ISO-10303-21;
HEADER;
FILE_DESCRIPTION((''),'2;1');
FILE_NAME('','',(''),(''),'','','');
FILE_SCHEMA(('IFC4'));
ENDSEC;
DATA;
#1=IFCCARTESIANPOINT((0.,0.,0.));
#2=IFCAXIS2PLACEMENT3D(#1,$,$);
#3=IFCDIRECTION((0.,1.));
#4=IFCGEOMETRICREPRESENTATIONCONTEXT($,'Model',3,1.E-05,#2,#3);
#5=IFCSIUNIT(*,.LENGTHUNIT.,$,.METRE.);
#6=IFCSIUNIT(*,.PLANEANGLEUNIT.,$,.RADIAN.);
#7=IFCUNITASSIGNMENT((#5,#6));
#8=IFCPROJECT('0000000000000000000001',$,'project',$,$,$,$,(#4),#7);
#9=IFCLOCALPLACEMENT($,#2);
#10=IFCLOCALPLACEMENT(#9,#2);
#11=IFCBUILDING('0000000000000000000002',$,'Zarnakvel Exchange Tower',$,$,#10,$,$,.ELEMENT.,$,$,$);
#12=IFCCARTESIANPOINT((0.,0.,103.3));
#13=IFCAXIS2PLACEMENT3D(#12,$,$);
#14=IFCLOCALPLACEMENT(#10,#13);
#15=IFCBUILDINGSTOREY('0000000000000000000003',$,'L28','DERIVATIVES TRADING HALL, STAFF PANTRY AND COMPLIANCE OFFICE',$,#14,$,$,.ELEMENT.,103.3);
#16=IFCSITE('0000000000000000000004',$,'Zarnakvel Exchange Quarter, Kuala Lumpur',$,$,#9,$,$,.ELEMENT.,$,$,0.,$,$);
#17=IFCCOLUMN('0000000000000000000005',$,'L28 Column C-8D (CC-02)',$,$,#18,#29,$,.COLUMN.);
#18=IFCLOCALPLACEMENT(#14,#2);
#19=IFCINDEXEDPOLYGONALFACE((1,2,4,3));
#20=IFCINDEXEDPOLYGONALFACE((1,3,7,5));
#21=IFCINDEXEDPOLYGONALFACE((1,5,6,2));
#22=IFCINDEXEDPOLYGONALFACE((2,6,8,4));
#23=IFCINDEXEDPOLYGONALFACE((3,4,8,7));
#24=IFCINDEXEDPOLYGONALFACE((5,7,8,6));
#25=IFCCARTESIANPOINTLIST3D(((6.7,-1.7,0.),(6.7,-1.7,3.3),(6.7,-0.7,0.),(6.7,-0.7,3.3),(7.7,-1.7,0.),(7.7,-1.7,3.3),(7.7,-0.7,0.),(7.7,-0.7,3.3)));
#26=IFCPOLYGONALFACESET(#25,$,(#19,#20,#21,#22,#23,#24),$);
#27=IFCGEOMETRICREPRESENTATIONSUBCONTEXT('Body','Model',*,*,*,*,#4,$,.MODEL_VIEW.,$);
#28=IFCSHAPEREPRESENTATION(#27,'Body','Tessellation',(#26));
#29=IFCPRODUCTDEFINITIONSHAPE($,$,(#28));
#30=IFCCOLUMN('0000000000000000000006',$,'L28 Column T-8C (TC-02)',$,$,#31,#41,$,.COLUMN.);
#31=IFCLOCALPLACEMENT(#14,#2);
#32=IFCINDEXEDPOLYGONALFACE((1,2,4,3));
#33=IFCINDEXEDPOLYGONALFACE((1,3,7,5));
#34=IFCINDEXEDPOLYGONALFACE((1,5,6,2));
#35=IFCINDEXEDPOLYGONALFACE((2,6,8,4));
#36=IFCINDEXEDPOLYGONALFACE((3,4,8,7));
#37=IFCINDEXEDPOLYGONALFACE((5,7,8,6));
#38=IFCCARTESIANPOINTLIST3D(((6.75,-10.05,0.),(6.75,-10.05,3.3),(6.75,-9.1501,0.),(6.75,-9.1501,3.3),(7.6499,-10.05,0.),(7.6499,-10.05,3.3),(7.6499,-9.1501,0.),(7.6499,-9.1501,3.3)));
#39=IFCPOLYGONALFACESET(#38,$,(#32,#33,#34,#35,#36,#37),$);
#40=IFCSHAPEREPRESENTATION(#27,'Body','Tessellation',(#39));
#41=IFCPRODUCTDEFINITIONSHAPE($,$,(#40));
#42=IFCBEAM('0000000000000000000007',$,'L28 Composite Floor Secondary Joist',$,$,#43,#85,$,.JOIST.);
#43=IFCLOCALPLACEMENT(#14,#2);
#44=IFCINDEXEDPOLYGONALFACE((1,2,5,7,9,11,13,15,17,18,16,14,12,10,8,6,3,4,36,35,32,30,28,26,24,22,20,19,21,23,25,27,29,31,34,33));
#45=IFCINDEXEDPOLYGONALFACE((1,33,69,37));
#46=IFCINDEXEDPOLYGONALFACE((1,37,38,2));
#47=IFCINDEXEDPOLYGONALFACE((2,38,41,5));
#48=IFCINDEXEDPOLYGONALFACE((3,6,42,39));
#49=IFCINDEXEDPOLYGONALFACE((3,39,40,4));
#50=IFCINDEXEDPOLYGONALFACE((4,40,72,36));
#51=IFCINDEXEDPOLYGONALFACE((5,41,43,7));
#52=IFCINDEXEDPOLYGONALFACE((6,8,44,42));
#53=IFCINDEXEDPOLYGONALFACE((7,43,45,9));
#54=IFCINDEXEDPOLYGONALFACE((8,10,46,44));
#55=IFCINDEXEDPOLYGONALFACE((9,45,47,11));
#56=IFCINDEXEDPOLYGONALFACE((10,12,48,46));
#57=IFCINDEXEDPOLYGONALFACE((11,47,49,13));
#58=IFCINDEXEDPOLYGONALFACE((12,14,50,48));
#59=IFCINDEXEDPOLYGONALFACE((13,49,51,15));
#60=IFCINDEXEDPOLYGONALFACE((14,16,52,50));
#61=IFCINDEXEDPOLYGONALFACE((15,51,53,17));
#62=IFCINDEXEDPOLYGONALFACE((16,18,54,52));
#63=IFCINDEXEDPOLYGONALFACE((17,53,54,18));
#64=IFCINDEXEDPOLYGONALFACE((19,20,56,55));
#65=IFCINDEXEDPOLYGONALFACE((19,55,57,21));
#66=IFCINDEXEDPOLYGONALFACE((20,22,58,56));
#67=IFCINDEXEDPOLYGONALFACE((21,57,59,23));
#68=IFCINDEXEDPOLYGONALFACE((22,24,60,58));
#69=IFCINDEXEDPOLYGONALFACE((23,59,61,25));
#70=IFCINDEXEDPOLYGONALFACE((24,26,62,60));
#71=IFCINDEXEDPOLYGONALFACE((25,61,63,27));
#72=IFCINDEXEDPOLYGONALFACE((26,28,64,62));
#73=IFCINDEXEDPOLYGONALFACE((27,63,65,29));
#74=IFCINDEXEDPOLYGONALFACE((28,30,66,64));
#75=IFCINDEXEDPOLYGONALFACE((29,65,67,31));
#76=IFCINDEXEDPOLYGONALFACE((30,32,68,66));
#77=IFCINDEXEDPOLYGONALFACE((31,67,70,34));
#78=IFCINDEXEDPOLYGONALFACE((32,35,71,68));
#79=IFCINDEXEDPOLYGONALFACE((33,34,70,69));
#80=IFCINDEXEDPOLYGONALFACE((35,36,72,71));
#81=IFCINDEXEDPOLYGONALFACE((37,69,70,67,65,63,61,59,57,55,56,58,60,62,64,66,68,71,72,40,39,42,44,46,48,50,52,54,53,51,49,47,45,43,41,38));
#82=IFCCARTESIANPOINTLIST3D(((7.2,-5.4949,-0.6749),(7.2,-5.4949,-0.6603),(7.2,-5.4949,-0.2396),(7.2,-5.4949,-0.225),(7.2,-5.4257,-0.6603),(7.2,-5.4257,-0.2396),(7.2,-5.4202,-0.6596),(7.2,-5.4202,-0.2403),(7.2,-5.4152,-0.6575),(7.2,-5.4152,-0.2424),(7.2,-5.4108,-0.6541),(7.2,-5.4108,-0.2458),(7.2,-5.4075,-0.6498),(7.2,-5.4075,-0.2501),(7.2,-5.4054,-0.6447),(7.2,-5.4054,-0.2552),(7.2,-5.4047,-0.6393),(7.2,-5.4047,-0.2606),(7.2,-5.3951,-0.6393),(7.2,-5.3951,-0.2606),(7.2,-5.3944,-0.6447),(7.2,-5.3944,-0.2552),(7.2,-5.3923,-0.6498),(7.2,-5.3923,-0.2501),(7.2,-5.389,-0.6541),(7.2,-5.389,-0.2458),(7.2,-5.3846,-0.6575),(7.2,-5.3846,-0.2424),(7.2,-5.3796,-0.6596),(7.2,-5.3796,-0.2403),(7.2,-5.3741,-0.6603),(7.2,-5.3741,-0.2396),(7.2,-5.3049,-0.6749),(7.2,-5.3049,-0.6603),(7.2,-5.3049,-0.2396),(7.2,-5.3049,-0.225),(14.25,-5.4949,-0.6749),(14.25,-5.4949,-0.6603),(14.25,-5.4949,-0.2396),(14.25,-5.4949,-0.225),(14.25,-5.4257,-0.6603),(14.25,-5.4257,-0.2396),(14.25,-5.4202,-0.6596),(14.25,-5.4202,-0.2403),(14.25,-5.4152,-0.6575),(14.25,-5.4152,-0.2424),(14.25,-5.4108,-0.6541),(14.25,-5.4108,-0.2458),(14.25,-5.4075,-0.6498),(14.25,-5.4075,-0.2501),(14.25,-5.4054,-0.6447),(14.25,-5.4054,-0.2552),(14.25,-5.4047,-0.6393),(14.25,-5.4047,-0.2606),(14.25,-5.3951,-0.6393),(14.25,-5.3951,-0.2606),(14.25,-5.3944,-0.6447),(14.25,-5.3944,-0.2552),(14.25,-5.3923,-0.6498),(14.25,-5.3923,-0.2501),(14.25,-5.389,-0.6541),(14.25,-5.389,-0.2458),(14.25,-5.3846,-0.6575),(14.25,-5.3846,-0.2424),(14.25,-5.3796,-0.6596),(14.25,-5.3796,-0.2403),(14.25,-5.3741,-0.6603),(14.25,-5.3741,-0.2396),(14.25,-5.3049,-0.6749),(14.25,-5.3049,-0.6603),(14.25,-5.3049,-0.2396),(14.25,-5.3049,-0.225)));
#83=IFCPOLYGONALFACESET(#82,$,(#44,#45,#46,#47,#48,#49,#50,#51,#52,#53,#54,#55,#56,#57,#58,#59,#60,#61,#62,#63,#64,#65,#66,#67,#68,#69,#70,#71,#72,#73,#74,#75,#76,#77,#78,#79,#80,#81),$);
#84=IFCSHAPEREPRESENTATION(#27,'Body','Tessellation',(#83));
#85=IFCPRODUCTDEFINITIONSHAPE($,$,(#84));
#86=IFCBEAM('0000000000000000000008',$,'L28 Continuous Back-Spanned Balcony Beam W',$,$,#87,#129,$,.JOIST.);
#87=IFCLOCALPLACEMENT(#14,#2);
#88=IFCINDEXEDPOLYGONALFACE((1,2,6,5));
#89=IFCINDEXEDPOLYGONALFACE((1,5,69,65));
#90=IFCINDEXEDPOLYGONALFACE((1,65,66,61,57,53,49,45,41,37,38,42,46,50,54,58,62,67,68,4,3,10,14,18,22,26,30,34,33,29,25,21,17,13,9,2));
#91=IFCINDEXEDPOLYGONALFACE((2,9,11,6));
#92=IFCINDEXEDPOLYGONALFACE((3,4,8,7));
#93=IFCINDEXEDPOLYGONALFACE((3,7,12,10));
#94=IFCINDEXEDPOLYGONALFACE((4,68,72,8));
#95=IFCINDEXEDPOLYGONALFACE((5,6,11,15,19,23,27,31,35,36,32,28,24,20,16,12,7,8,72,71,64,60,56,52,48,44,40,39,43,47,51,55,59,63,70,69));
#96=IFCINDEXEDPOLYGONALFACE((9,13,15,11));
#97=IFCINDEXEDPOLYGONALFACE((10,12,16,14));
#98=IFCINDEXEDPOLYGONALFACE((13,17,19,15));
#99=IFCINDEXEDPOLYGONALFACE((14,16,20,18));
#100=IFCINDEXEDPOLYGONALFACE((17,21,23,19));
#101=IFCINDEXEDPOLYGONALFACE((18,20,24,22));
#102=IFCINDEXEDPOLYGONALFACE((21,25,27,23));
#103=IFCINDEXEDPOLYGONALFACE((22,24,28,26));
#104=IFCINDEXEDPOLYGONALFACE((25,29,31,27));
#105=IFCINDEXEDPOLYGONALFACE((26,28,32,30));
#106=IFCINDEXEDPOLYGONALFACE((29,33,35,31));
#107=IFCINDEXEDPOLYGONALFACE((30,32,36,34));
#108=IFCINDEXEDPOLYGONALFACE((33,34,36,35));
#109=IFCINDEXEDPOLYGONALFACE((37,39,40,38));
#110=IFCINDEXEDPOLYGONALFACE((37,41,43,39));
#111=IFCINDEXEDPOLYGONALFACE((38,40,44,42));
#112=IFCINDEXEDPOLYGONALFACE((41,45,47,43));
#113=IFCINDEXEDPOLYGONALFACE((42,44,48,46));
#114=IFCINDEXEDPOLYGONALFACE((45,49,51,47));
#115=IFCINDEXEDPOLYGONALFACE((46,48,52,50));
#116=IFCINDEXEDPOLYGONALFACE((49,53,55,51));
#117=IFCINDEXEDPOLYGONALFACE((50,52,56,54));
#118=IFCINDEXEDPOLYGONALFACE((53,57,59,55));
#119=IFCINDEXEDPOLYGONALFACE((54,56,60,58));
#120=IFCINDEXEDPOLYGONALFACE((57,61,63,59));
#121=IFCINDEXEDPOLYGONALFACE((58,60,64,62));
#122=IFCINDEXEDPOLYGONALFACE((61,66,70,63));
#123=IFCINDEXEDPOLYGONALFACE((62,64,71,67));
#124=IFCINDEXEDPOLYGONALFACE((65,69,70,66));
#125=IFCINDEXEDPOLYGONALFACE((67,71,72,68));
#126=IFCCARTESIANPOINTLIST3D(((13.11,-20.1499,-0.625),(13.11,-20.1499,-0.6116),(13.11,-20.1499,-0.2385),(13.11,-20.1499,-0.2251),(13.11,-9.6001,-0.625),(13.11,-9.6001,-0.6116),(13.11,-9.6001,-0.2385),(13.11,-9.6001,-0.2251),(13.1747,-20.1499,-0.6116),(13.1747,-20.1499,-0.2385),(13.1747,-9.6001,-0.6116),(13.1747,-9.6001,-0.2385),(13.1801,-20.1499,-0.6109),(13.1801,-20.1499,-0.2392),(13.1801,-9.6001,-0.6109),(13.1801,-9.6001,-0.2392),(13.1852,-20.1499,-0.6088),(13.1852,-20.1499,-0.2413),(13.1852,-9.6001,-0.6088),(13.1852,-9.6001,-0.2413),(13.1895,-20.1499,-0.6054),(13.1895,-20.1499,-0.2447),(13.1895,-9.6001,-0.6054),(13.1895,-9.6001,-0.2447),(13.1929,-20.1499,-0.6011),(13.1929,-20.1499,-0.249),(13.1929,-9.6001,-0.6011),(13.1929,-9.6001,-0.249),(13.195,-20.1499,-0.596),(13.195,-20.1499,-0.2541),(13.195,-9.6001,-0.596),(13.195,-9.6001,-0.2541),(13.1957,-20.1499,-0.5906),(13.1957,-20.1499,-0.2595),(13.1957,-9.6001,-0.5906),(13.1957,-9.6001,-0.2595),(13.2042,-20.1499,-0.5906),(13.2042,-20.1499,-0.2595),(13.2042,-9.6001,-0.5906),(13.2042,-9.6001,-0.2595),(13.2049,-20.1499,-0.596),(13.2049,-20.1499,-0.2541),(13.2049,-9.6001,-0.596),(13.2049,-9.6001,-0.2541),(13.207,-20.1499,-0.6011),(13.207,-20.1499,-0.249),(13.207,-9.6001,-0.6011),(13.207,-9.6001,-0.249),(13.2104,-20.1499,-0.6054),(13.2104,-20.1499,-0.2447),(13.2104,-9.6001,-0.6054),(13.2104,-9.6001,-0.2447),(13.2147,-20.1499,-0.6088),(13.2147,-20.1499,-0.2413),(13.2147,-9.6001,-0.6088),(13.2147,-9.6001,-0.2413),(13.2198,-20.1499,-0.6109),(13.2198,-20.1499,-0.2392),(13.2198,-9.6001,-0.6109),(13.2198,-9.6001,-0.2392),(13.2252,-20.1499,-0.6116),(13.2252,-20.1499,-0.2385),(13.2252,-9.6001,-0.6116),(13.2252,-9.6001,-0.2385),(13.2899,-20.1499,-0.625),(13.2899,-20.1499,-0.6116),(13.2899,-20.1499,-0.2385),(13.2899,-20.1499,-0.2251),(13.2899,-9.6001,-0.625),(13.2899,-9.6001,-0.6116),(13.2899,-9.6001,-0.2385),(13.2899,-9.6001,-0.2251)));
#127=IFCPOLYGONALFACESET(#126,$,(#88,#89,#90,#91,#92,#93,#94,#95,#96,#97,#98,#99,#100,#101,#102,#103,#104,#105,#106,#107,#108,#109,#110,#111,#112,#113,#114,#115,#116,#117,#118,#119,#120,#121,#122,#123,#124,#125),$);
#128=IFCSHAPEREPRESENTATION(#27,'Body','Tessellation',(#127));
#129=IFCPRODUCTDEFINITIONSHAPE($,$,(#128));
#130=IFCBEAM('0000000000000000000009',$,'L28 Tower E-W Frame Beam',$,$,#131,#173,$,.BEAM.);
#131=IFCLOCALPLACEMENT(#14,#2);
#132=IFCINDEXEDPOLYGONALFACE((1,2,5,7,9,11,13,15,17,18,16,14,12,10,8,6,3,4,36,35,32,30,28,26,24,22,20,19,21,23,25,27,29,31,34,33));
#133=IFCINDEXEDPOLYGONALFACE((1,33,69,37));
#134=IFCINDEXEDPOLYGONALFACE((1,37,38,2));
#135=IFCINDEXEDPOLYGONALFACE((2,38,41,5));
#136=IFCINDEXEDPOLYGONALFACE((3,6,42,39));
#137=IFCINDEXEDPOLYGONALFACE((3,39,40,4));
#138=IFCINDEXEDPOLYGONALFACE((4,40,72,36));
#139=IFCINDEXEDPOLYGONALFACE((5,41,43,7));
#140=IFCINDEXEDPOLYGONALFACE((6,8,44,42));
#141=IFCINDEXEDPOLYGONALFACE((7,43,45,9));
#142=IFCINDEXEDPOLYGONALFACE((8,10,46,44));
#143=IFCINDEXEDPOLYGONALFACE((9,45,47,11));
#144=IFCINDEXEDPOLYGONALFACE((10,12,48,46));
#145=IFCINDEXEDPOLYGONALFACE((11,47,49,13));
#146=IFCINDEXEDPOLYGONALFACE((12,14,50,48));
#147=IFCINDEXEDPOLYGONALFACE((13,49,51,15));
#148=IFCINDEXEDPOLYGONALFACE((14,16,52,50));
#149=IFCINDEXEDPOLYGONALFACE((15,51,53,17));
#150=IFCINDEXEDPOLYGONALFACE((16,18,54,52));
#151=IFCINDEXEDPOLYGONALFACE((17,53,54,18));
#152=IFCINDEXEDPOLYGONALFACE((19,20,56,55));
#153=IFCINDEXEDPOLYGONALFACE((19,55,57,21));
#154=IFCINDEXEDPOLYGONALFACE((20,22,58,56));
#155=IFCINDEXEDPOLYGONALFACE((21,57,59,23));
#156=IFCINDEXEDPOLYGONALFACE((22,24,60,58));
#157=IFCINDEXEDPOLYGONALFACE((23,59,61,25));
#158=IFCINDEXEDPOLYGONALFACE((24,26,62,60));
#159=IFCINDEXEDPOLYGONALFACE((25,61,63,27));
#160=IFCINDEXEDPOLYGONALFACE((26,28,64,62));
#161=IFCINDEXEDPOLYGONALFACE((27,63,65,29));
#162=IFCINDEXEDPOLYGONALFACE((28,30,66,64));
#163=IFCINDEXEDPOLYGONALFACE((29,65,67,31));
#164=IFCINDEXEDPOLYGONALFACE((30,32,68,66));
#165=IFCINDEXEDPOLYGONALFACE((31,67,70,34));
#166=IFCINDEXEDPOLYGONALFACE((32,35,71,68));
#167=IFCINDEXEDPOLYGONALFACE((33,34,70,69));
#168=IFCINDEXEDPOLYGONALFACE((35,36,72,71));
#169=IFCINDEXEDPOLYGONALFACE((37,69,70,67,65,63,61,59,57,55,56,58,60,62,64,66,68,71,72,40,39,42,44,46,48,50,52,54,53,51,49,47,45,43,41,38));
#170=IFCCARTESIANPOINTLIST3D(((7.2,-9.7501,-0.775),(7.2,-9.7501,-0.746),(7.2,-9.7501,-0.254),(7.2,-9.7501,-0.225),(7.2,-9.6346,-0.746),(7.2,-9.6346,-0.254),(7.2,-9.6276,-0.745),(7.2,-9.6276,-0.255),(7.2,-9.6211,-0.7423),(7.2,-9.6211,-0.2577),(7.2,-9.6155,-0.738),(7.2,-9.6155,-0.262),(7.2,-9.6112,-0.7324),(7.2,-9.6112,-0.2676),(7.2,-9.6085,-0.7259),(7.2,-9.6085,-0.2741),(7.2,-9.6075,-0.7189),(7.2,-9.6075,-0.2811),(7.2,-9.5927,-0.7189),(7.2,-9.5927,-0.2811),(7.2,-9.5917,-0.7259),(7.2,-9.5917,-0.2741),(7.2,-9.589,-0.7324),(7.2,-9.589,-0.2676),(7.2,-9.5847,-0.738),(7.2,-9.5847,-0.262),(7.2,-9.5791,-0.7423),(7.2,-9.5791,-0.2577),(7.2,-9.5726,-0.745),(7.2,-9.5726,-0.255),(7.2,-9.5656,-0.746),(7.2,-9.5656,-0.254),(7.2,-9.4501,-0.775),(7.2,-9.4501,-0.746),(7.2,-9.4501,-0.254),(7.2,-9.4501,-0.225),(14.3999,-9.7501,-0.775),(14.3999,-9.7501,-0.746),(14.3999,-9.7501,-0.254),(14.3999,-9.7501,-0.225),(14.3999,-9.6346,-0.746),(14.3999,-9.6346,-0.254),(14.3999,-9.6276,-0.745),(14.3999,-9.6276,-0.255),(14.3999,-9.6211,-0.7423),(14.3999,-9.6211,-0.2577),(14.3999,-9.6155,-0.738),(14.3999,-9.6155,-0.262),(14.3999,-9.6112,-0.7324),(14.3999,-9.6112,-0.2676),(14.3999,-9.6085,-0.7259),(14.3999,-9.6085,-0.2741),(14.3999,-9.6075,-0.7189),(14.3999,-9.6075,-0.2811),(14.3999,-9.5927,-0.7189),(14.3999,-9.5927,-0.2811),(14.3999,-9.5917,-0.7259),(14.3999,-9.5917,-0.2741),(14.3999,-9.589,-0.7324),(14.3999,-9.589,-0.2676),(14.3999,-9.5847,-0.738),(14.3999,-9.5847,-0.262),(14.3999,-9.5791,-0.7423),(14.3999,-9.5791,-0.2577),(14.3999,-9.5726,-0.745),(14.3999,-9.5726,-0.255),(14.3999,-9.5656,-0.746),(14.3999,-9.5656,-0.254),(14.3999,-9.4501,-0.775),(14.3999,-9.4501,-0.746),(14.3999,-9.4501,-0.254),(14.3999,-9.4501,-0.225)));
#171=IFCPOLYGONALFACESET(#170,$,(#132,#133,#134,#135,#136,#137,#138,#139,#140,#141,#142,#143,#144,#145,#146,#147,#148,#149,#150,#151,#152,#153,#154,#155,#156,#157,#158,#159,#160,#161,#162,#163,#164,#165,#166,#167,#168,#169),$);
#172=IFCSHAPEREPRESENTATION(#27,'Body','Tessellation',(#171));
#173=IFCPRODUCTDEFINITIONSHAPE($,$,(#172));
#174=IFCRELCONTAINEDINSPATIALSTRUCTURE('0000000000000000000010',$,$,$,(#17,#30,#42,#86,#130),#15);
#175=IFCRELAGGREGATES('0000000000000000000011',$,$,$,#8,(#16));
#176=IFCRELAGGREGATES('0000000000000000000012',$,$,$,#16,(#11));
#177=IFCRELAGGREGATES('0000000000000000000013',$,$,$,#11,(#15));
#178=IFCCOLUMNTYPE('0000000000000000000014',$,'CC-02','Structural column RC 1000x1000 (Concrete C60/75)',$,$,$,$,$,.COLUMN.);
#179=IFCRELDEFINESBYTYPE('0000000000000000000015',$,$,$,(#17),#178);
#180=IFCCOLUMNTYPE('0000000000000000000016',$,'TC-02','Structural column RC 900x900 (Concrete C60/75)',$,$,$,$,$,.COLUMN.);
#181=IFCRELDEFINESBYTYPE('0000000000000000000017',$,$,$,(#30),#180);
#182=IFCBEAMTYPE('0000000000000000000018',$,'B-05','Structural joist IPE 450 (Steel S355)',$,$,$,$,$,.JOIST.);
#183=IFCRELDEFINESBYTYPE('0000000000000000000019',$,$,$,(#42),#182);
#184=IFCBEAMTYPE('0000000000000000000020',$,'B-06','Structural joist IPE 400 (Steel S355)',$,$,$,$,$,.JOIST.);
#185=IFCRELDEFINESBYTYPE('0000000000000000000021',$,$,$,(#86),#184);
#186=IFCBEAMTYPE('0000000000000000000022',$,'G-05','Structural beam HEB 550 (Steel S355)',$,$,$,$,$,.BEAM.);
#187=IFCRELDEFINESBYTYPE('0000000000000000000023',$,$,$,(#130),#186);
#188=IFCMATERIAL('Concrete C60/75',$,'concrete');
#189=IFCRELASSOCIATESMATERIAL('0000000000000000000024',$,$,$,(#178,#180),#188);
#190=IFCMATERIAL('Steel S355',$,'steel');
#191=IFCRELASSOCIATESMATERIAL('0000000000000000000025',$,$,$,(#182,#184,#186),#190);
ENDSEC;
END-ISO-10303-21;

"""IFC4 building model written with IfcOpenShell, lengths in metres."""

from ifc_helpers import new_model, si_unit, direction, frame, origin, origin_2d, place, context, subcontext, project, spatial, rectangle, i_section, extrude, material, material_profile, profile_set, type_object, element, save


model = new_model("IFC4")

# Units and contexts
model_context = context("Model", 3, precision=1e-05, world=origin(), true_north=direction((0.0, 1.0)))
body_context = subcontext(model_context, "Body", "Model", "MODEL_VIEW")
ifc_project = project(units=[si_unit("LENGTHUNIT", "METRE"), si_unit("PLANEANGLEUNIT", "RADIAN")], contexts=[model_context])

# Site, building, storey
site_placement = place(None, origin())
site = spatial("IfcSite", under=ifc_project, at=site_placement, Name="Zarnakvel Exchange Quarter, Kuala Lumpur", CompositionType="ELEMENT", RefElevation=0.0)
building_placement = place(site_placement, origin())
building = spatial("IfcBuilding", under=site, at=building_placement, Name="Zarnakvel Exchange Tower", CompositionType="ELEMENT")
storey_placement = place(building_placement, frame((0.0, 0.0, 103.3)))
storey = spatial("IfcBuildingStorey", under=building, at=storey_placement, Name="L28", Description="DERIVATIVES TRADING HALL, STAFF PANTRY AND COMPLIANCE OFFICE", CompositionType="ELEMENT", Elevation=103.3)

# Columns
ifc_material_1 = material(Name="Concrete C60/75", Category="concrete")
ifc_material_profile_1 = material_profile(ifc_material_1, rectangle(XDim=1.0, YDim=1.0, at=origin_2d()))
ifc_profile_set_1 = profile_set([ifc_material_profile_1], Name="Concrete C60/75")
column_type_1 = type_object("IfcColumnType", Name="CC-02", Description="Structural column RC 1000x1000 (Concrete C60/75)", PredefinedType="COLUMN", material=ifc_profile_set_1)
column_1_placement = place(storey_placement, frame((7.2, -1.2, 0.0), z_axis=(0.0, 0.0, 1.0), x_axis=(1.0, 0.0, 0.0)))
element("IfcColumn", 1, at=column_1_placement, inside=storey, type_object=column_type_1, Name="L28 Column C-8D (CC-02)", PredefinedType="COLUMN", context=body_context, shape_type="SweptSolid", body=[
    extrude(rectangle(XDim=1.0, YDim=1.0, at=origin_2d()), origin(), (0.0, 0.0, 1.0), 3.3),
])
ifc_material_profile_2 = material_profile(ifc_material_1, rectangle(XDim=0.8999, YDim=0.8999, at=origin_2d()))
ifc_profile_set_2 = profile_set([ifc_material_profile_2], Name="Concrete C60/75")
column_type_2 = type_object("IfcColumnType", Name="TC-02", Description="Structural column RC 900x900 (Concrete C60/75)", PredefinedType="COLUMN", material=ifc_profile_set_2)
column_2_placement = place(storey_placement, frame((7.2, -9.6001, 0.0), z_axis=(0.0, 0.0, 1.0), x_axis=(1.0, 0.0, 0.0)))
element("IfcColumn", 2, at=column_2_placement, inside=storey, type_object=column_type_2, Name="L28 Column T-8C (TC-02)", PredefinedType="COLUMN", context=body_context, shape_type="SweptSolid", body=[
    extrude(rectangle(XDim=0.8999, YDim=0.8999, at=origin_2d()), origin(), (0.0, 0.0, 1.0), 3.3),
])

# Beams
ifc_material_2 = material(Name="Steel S355", Category="steel")
ifc_material_profile_3 = material_profile(ifc_material_2, i_section(OverallWidth=0.1899, OverallDepth=0.45, WebThickness=0.0095, FlangeThickness=0.0146, FilletRadius=0.021, at=origin_2d()))
ifc_profile_set_3 = profile_set([ifc_material_profile_3], Name="Steel S355")
beam_type_1 = type_object("IfcBeamType", Name="B-05", Description="Structural joist IPE 450 (Steel S355)", PredefinedType="JOIST", material=ifc_profile_set_3)
beam_1_placement = place(storey_placement, frame((7.2, -5.3999, -0.45), z_axis=(1.0, 0.0, 0.0), x_axis=(0.0, 1.0, 0.0)))
element("IfcBeam", 3, at=beam_1_placement, inside=storey, type_object=beam_type_1, Name="L28 Composite Floor Secondary Joist", PredefinedType="JOIST", context=body_context, shape_type="SweptSolid", body=[
    extrude(i_section(OverallWidth=0.1899, OverallDepth=0.45, WebThickness=0.0095, FlangeThickness=0.0146, FilletRadius=0.021, at=origin_2d()), origin(), (0.0, 0.0, 1.0), 7.05),
])
ifc_material_profile_4 = material_profile(ifc_material_2, i_section(OverallWidth=0.1799, OverallDepth=0.3999, WebThickness=0.0085, FlangeThickness=0.0134, FilletRadius=0.021, at=origin_2d()))
ifc_profile_set_4 = profile_set([ifc_material_profile_4], Name="Steel S355")
beam_type_2 = type_object("IfcBeamType", Name="B-06", Description="Structural joist IPE 400 (Steel S355)", PredefinedType="JOIST", material=ifc_profile_set_4)
beam_2_placement = place(storey_placement, frame((13.2, -9.6001, -0.425), z_axis=(0.0, -1.0, 0.0), x_axis=(1.0, 0.0, 0.0)))
element("IfcBeam", 4, at=beam_2_placement, inside=storey, type_object=beam_type_2, Name="L28 Continuous Back-Spanned Balcony Beam W", PredefinedType="JOIST", context=body_context, shape_type="SweptSolid", body=[
    extrude(i_section(OverallWidth=0.1799, OverallDepth=0.3999, WebThickness=0.0085, FlangeThickness=0.0134, FilletRadius=0.021, at=origin_2d()), origin(), (0.0, 0.0, 1.0), 10.5498),
])
ifc_material_profile_5 = material_profile(ifc_material_2, i_section(OverallWidth=0.3, OverallDepth=0.55, WebThickness=0.0149, FlangeThickness=0.0291, FilletRadius=0.0271, at=origin_2d()))
ifc_profile_set_5 = profile_set([ifc_material_profile_5], Name="Steel S355")
beam_type_3 = type_object("IfcBeamType", Name="G-05", Description="Structural beam HEB 550 (Steel S355)", PredefinedType="BEAM", material=ifc_profile_set_5)
beam_3_placement = place(storey_placement, frame((7.2, -9.6001, -0.5), z_axis=(1.0, 0.0, 0.0), x_axis=(0.0, 1.0, 0.0)))
element("IfcBeam", 5, at=beam_3_placement, inside=storey, type_object=beam_type_3, Name="L28 Tower E-W Frame Beam", PredefinedType="BEAM", context=body_context, shape_type="SweptSolid", body=[
    extrude(i_section(OverallWidth=0.3, OverallDepth=0.55, WebThickness=0.0149, FlangeThickness=0.0291, FilletRadius=0.0271, at=origin_2d()), origin(), (0.0, 0.0, 1.0), 7.2),
])

save(model, "model.ifc")
